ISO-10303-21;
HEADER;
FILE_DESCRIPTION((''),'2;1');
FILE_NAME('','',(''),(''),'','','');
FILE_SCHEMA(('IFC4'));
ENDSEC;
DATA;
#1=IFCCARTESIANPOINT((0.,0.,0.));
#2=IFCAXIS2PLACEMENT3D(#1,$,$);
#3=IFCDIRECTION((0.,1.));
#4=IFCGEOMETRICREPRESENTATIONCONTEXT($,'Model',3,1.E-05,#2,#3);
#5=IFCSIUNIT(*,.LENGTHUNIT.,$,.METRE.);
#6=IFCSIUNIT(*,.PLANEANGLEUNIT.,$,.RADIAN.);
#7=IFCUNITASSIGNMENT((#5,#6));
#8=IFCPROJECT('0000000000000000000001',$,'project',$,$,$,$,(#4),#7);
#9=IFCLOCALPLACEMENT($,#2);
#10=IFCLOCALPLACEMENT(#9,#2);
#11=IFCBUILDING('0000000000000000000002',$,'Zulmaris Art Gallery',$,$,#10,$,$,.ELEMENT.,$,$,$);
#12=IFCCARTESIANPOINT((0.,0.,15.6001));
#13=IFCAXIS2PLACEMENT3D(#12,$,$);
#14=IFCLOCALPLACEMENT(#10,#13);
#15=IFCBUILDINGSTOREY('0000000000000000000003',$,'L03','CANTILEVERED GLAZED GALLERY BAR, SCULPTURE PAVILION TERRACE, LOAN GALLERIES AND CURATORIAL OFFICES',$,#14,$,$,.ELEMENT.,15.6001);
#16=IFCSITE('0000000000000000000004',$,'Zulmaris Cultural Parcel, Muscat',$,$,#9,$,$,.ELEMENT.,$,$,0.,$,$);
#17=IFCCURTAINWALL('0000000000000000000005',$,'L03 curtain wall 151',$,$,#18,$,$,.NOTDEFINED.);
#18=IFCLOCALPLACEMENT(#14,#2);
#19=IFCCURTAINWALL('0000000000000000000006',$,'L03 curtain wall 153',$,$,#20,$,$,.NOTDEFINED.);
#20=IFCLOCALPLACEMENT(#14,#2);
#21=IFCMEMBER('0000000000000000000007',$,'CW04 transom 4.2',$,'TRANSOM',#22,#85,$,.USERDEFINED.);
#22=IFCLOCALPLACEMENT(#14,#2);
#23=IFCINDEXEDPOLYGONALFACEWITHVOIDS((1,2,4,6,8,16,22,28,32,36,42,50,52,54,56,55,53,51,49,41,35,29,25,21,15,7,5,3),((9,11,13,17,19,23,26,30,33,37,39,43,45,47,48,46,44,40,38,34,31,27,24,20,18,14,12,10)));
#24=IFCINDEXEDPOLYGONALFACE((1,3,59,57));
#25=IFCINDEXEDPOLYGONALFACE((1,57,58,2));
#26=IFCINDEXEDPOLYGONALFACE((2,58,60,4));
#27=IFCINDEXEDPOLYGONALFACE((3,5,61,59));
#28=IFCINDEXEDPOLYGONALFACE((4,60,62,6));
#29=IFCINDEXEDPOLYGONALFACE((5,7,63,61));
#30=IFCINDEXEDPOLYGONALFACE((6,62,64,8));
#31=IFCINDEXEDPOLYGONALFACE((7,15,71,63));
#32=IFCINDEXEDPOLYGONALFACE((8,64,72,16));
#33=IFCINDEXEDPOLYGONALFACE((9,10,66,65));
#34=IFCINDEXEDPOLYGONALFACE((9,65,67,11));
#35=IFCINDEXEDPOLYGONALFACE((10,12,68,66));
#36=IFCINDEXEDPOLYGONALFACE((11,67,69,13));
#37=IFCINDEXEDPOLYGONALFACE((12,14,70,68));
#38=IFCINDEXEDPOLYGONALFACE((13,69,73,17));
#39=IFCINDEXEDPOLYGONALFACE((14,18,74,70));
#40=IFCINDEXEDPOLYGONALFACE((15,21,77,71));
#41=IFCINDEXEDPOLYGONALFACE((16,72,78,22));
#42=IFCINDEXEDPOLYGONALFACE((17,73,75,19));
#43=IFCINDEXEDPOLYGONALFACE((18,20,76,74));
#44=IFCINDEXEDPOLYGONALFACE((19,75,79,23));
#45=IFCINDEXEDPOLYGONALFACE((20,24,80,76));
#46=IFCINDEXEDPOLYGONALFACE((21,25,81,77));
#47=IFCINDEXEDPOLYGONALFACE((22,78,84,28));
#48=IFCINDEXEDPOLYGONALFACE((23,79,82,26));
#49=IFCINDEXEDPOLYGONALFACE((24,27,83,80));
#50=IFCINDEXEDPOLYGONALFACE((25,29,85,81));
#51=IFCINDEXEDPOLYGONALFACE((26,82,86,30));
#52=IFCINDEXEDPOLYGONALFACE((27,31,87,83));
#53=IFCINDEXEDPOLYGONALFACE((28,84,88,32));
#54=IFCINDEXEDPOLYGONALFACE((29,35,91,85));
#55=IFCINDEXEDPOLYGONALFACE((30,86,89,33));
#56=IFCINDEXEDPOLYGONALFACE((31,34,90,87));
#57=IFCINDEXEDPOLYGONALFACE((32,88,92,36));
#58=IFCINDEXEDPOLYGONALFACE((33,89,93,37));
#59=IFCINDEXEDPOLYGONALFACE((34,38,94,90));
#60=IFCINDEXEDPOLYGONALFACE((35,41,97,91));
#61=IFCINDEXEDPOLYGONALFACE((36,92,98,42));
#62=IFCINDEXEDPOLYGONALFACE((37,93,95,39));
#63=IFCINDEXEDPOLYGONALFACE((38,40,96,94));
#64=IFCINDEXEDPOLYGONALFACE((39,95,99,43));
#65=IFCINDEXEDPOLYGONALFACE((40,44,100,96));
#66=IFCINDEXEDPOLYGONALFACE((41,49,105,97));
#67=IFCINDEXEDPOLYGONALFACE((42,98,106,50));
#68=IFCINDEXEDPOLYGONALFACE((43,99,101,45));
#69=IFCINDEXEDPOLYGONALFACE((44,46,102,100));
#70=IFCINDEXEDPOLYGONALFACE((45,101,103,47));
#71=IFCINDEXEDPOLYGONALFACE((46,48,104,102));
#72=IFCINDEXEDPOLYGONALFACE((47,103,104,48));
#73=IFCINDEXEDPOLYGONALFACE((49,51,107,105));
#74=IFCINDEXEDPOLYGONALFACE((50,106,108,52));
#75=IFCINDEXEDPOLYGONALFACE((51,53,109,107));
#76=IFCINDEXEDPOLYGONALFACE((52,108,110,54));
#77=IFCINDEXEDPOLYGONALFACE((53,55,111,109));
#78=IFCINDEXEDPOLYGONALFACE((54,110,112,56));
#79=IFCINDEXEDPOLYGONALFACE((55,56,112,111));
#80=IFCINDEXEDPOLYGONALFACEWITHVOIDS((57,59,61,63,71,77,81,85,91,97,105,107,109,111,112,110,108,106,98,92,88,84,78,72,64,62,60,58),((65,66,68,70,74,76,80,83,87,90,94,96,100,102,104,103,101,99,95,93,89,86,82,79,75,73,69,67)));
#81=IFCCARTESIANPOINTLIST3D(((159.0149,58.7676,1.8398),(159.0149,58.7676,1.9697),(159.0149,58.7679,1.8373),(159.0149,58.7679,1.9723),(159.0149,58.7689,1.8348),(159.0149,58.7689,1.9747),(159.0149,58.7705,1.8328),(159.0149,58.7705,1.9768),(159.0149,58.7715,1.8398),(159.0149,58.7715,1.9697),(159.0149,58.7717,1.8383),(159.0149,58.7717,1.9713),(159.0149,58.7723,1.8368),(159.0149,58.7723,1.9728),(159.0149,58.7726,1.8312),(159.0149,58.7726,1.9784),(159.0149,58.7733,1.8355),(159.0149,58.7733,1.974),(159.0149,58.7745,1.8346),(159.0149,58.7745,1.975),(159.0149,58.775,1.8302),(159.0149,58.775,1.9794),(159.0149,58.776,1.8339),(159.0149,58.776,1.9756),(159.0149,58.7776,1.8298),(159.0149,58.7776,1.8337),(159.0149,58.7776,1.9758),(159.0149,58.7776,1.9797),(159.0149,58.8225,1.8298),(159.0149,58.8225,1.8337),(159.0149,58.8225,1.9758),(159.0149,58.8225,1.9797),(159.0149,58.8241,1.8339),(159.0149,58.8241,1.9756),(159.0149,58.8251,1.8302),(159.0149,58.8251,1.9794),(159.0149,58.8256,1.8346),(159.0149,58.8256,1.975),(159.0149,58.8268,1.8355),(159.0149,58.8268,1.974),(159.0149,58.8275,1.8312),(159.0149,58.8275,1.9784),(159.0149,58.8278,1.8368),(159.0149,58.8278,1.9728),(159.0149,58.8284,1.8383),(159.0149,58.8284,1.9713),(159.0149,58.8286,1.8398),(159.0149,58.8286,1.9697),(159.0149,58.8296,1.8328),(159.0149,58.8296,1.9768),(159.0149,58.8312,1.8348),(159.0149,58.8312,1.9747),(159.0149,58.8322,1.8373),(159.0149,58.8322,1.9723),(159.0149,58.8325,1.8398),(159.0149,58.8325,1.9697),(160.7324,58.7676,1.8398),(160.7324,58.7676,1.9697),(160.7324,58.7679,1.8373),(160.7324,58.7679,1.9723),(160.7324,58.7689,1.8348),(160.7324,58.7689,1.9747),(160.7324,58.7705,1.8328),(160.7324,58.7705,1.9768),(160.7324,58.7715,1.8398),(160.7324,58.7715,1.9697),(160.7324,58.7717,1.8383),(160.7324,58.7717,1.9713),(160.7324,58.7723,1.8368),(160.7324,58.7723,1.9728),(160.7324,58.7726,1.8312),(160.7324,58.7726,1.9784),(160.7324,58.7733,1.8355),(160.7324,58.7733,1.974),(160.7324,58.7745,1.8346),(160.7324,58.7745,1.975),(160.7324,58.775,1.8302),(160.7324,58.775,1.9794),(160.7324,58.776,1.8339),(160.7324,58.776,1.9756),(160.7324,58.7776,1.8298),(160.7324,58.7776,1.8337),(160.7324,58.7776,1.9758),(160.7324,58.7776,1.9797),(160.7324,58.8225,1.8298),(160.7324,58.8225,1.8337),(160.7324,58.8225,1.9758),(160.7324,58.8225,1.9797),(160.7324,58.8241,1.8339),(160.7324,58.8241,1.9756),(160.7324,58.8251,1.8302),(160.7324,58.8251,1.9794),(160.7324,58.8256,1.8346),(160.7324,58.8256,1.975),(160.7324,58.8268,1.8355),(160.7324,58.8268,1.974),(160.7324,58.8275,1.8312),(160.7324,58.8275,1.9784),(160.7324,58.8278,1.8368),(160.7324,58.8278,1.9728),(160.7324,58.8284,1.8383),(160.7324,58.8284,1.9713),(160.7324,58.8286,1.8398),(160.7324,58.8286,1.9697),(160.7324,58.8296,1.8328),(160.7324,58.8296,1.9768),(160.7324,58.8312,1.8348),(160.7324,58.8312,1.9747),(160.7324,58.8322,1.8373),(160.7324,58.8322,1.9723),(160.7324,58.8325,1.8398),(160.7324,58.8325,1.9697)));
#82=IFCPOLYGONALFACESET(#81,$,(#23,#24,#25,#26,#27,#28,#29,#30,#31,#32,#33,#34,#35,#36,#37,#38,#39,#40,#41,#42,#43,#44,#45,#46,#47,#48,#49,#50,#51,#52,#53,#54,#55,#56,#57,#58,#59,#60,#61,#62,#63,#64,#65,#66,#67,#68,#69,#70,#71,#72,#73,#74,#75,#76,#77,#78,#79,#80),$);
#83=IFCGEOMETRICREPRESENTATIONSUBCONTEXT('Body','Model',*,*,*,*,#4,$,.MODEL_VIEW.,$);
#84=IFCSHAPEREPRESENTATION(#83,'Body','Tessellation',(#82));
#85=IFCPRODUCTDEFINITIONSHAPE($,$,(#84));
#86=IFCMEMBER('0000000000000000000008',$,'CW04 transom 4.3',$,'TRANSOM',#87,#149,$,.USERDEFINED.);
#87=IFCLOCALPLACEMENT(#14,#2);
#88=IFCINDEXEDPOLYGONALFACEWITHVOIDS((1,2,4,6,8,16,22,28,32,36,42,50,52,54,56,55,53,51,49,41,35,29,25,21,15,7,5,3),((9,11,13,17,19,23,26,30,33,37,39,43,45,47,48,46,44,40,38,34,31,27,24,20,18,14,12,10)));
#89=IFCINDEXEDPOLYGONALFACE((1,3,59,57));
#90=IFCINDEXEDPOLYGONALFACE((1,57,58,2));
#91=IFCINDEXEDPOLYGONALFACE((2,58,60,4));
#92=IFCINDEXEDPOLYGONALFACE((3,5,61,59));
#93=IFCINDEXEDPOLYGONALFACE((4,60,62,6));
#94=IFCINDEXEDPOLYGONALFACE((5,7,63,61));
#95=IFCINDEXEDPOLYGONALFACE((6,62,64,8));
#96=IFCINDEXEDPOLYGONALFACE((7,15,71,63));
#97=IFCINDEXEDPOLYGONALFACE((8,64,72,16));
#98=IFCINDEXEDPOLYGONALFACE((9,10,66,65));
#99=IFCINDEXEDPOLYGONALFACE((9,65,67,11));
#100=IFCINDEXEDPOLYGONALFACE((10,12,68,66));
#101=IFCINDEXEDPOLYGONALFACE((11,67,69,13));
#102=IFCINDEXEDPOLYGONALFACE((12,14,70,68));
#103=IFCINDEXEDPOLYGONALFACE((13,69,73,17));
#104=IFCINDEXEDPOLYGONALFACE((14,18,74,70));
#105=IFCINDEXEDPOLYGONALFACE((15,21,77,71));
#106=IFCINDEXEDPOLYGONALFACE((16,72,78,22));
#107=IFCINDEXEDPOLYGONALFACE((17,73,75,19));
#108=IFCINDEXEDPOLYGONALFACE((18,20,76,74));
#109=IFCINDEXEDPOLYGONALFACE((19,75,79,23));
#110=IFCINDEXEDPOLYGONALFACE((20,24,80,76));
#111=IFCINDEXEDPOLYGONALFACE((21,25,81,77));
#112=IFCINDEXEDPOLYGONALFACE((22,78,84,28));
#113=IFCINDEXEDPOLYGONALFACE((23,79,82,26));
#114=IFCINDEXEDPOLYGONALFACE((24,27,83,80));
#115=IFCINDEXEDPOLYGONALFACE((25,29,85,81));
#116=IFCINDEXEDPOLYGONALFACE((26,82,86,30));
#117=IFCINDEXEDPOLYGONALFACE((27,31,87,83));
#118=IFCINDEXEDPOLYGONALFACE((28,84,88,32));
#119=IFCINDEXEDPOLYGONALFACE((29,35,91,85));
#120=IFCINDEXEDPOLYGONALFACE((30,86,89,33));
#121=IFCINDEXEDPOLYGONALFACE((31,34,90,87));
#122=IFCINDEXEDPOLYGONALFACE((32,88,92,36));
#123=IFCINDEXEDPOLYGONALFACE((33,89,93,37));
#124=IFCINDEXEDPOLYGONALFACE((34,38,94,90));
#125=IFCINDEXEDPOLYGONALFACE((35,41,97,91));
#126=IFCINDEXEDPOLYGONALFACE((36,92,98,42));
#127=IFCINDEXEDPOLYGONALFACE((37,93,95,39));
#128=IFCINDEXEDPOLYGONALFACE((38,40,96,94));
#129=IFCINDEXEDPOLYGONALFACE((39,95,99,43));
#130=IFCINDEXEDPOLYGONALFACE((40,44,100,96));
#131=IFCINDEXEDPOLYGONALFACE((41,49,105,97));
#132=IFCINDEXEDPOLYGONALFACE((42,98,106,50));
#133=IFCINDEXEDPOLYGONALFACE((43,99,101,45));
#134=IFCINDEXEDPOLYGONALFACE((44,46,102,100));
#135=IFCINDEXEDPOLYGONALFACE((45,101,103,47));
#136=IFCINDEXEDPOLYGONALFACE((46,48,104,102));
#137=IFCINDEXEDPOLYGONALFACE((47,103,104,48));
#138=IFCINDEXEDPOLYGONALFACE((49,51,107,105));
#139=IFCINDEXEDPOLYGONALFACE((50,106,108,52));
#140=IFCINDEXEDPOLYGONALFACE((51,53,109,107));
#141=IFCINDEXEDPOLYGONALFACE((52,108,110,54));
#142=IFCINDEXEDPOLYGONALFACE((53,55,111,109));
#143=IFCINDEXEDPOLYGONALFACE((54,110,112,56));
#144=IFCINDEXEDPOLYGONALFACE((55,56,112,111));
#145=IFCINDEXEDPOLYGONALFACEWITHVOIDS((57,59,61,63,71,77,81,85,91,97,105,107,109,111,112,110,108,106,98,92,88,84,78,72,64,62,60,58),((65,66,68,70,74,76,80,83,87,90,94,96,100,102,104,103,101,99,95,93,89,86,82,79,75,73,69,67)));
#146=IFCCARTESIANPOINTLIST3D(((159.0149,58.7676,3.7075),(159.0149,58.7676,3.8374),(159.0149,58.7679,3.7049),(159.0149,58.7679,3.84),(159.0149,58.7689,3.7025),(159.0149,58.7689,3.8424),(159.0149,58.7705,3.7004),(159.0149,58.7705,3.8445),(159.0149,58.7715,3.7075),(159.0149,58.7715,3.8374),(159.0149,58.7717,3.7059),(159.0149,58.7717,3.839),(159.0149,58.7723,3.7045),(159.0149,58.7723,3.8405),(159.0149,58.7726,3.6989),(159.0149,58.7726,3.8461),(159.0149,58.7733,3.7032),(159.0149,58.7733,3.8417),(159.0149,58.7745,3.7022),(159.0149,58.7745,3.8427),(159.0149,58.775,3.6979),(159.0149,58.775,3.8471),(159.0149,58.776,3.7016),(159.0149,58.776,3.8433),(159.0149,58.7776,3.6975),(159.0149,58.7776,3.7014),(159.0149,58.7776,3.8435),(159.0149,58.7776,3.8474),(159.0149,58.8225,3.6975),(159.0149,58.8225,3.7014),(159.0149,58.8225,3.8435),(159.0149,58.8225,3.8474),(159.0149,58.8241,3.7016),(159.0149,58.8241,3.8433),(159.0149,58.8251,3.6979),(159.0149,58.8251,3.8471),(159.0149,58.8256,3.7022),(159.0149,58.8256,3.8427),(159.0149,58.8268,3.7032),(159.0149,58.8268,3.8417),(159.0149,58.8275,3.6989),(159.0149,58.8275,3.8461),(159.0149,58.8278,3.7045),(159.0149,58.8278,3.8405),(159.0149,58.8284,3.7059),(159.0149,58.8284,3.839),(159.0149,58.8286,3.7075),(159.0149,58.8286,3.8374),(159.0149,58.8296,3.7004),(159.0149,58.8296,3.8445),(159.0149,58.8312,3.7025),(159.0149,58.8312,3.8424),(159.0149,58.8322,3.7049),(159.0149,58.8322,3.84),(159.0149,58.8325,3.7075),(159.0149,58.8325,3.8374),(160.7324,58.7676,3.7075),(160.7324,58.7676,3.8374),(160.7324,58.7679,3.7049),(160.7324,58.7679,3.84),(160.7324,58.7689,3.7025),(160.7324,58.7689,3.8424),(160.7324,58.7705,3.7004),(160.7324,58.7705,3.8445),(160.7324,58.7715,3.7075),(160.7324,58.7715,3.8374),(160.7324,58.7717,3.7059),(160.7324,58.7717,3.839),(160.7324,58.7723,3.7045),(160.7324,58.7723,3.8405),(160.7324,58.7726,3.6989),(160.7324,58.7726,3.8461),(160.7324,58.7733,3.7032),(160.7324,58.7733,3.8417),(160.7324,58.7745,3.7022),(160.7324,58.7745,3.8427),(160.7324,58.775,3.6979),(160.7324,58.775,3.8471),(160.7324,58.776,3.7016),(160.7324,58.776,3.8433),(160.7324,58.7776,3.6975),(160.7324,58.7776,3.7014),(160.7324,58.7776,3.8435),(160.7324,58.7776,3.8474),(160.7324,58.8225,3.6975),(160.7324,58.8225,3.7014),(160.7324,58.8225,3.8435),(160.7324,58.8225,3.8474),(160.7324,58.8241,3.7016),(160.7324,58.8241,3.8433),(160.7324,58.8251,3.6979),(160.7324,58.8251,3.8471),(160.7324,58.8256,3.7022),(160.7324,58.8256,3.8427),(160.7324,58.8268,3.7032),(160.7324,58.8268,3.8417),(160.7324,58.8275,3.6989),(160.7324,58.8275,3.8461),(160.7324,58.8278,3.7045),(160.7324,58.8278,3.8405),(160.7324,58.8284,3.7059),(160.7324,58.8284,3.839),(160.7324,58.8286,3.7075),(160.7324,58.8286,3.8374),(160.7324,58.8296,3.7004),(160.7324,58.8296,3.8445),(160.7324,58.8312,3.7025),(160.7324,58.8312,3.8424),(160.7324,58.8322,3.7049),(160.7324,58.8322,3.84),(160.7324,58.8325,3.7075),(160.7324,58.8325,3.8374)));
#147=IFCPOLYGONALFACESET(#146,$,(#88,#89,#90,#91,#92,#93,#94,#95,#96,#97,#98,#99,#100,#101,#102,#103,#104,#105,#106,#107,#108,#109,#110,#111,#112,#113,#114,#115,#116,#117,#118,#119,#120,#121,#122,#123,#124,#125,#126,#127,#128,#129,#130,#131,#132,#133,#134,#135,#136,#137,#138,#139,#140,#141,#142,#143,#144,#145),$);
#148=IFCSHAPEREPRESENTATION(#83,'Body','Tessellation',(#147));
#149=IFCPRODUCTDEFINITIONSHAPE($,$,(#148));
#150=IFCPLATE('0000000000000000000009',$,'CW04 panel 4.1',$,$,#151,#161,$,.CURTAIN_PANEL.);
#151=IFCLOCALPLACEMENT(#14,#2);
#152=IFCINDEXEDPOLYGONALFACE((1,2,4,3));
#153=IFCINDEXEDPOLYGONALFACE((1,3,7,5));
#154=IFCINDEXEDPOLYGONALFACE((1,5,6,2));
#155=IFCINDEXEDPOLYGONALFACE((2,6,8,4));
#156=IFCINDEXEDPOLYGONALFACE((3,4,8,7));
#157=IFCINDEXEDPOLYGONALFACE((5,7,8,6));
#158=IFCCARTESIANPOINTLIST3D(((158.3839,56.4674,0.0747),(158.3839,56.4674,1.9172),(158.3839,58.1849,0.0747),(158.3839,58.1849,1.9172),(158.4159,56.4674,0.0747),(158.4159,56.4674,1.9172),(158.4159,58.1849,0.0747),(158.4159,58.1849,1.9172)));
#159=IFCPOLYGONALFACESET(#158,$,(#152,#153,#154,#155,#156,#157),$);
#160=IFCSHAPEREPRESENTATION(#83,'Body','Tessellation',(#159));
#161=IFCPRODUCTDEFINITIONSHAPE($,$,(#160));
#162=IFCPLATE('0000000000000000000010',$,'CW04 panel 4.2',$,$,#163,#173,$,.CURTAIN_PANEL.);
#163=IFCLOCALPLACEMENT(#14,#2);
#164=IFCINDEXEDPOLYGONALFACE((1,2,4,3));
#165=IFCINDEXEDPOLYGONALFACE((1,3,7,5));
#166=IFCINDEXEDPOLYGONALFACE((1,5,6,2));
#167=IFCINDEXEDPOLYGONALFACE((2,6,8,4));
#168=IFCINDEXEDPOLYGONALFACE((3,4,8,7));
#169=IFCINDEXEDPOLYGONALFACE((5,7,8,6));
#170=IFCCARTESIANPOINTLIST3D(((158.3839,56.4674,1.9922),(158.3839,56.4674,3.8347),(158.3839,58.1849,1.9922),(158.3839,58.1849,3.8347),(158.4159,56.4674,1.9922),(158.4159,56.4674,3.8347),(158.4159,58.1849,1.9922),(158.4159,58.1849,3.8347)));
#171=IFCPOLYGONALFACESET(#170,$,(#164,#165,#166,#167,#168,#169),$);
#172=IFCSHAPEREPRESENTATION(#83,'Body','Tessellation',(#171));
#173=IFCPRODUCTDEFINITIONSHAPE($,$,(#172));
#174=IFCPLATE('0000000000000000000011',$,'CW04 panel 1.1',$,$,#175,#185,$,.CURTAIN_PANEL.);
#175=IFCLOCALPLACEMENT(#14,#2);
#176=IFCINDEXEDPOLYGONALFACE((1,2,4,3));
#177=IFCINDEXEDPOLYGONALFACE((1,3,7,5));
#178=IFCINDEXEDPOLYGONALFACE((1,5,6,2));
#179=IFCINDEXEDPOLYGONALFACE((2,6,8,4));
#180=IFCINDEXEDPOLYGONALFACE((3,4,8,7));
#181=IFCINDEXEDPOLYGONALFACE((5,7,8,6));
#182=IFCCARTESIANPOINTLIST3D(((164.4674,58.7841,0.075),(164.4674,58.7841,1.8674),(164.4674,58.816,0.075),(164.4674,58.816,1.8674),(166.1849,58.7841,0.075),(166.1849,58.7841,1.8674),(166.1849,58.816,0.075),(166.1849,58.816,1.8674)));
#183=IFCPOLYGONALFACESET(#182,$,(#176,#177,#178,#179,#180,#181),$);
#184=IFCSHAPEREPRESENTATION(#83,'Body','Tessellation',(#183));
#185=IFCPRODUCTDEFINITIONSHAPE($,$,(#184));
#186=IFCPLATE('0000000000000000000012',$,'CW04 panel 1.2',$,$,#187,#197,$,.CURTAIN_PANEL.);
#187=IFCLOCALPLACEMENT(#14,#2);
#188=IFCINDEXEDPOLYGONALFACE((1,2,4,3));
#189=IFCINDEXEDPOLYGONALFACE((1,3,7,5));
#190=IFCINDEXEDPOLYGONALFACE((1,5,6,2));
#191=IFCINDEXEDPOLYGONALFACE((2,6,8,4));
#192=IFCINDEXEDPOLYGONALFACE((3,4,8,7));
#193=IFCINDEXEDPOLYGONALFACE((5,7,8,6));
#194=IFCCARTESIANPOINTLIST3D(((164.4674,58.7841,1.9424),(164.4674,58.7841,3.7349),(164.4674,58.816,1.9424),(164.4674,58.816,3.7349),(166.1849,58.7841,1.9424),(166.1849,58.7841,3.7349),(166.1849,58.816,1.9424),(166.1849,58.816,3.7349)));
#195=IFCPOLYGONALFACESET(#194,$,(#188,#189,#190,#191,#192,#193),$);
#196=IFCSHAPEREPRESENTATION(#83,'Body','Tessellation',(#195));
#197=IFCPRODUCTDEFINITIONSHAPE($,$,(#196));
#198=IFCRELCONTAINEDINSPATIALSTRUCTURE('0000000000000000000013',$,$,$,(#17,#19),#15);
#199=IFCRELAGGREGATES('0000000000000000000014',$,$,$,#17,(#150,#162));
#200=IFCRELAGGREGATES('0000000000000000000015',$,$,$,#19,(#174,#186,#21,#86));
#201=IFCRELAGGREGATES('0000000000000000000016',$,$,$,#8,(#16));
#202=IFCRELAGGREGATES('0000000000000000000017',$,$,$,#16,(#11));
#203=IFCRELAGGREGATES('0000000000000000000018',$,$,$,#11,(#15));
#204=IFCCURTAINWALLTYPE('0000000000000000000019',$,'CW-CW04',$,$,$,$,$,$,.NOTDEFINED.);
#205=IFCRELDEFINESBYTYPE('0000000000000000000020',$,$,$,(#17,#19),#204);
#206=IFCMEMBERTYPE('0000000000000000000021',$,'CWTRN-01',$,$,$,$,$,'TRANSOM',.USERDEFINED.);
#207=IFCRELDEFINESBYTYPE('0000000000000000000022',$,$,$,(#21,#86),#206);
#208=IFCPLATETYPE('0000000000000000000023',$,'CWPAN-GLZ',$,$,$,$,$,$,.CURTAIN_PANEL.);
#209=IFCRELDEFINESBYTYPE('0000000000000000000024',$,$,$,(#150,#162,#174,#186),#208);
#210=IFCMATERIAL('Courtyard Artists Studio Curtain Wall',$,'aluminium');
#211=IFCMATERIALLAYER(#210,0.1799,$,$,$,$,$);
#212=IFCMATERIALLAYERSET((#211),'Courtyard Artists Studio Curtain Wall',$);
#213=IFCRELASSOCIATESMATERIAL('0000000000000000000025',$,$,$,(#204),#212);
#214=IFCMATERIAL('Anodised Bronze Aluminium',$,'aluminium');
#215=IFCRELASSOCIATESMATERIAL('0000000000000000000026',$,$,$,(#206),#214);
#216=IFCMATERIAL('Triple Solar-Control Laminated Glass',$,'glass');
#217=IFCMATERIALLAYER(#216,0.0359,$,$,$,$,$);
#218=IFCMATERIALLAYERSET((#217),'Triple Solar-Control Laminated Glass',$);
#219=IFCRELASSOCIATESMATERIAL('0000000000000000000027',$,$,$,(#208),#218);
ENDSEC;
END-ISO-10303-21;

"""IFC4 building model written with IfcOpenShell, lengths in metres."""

from ifc_helpers import new_model, si_unit, direction, frame, origin, origin_2d, place, context, subcontext, project, spatial, rectangle, hollow_rectangle, extrude, material, layer, layer_set, material_profile, profile_set, type_object, element, aggregate, save


model = new_model("IFC4")

# Units and contexts
model_context = context("Model", 3, precision=1e-05, world=origin(), true_north=direction((0.0, 1.0)))
body_context = subcontext(model_context, "Body", "Model", "MODEL_VIEW")
ifc_project = project(units=[si_unit("LENGTHUNIT", "METRE"), si_unit("PLANEANGLEUNIT", "RADIAN")], contexts=[model_context])

# Site, building, storey
site_placement = place(None, origin())
site = spatial("IfcSite", under=ifc_project, at=site_placement, Name="Zulmaris Cultural Parcel, Muscat", CompositionType="ELEMENT", RefElevation=0.0)
building_placement = place(site_placement, origin())
building = spatial("IfcBuilding", under=site, at=building_placement, Name="Zulmaris Art Gallery", CompositionType="ELEMENT")
storey_placement = place(building_placement, frame((0.0, 0.0, 15.6001)))
storey = spatial("IfcBuildingStorey", under=building, at=storey_placement, Name="L03", Description="CANTILEVERED GLAZED GALLERY BAR, SCULPTURE PAVILION TERRACE, LOAN GALLERIES AND CURATORIAL OFFICES", CompositionType="ELEMENT", Elevation=15.6001)

# Curtain walls
ifc_material_1 = material(Name="Courtyard Artists Studio Curtain Wall", Category="aluminium")
ifc_layer_1 = layer(ifc_material_1, 0.1799)
ifc_layer_set_1 = layer_set([ifc_layer_1], Name="Courtyard Artists Studio Curtain Wall")
curtain_wall_type = type_object("IfcCurtainWallType", Name="CW-CW04", PredefinedType="NOTDEFINED", material=ifc_layer_set_1)
curtain_wall_1_placement = place(storey_placement, origin())
curtain_wall_1 = element("IfcCurtainWall", 1, at=curtain_wall_1_placement, inside=storey, type_object=curtain_wall_type, Name="L03 curtain wall 151", PredefinedType="NOTDEFINED")
ifc_material_2 = material(Name="Anodised Bronze Aluminium", Category="aluminium")
curtain_wall_2_placement = place(storey_placement, origin())
curtain_wall_2 = element("IfcCurtainWall", 2, at=curtain_wall_2_placement, inside=storey, type_object=curtain_wall_type, Name="L03 curtain wall 153", PredefinedType="NOTDEFINED")

# Members
ifc_material_profile_1 = material_profile(ifc_material_2, hollow_rectangle(XDim=0.0649, YDim=0.1499, WallThickness=0.0039, InnerFilletRadius=0.0061, OuterFilletRadius=0.01, at=origin_2d()), Name="ALU 65x150x4")
ifc_profile_set_1 = profile_set([ifc_material_profile_1], Name="Anodised Bronze Aluminium")
member_type_1 = type_object("IfcMemberType", Name="CWTRN-01", ElementType="TRANSOM", PredefinedType="USERDEFINED", material=ifc_profile_set_1)
member_1_placement = place(storey_placement, frame((160.7324, 58.8, 1.9048), z_axis=(-1.0, 0.0, 0.0), x_axis=(0.0, -1.0, 0.0)))
member_1 = element("IfcMember", 3, at=member_1_placement, type_object=member_type_1, Name="CW04 transom 4.2", ObjectType="TRANSOM", PredefinedType="USERDEFINED", context=body_context, shape_type="SweptSolid", body=[
    extrude(hollow_rectangle(XDim=0.0649, YDim=0.1499, WallThickness=0.0039, InnerFilletRadius=0.0061, OuterFilletRadius=0.01, at=origin_2d()), origin(), (0.0, 0.0, 1.0), 1.7175),
])
member_2_placement = place(storey_placement, frame((160.7324, 58.8, 3.7725), z_axis=(-1.0, 0.0, 0.0), x_axis=(0.0, -1.0, 0.0)))
member_2 = element("IfcMember", 4, at=member_2_placement, type_object=member_type_1, Name="CW04 transom 4.3", ObjectType="TRANSOM", PredefinedType="USERDEFINED", context=body_context, shape_type="SweptSolid", body=[
    extrude(hollow_rectangle(XDim=0.0649, YDim=0.1499, WallThickness=0.0039, InnerFilletRadius=0.0061, OuterFilletRadius=0.01, at=origin_2d()), origin(), (0.0, 0.0, 1.0), 1.7175),
])

# Plates
ifc_material_3 = material(Name="Triple Solar-Control Laminated Glass", Category="glass")
ifc_layer_2 = layer(ifc_material_3, 0.0359)
ifc_layer_set_2 = layer_set([ifc_layer_2], Name="Triple Solar-Control Laminated Glass")
plate_type = type_object("IfcPlateType", Name="CWPAN-GLZ", PredefinedType="CURTAIN_PANEL", material=ifc_layer_set_2)
plate_1_placement = place(storey_placement, frame((158.3999, 57.3262, 0.0747), z_axis=(0.0, 0.0, 1.0), x_axis=(0.0, 1.0, 0.0)))
plate_1 = element("IfcPlate", 5, at=plate_1_placement, type_object=plate_type, Name="CW04 panel 4.1", PredefinedType="CURTAIN_PANEL", context=body_context, shape_type="SweptSolid", body=[
    extrude(rectangle(XDim=1.7175, YDim=0.032, at=origin_2d()), origin(), (0.0, 0.0, 1.0), 1.8425),
])
plate_2_placement = place(storey_placement, frame((158.3999, 57.3262, 1.9922), z_axis=(0.0, 0.0, 1.0), x_axis=(0.0, 1.0, 0.0)))
plate_2 = element("IfcPlate", 6, at=plate_2_placement, type_object=plate_type, Name="CW04 panel 4.2", PredefinedType="CURTAIN_PANEL", context=body_context, shape_type="SweptSolid", body=[
    extrude(rectangle(XDim=1.7175, YDim=0.032, at=origin_2d()), origin(), (0.0, 0.0, 1.0), 1.8425),
])
aggregate(curtain_wall_1, [plate_1, plate_2])
plate_3_placement = place(storey_placement, frame((165.3262, 58.8, 0.075), z_axis=(0.0, 0.0, 1.0), x_axis=(-1.0, 0.0, 0.0)))
plate_3 = element("IfcPlate", 7, at=plate_3_placement, type_object=plate_type, Name="CW04 panel 1.1", PredefinedType="CURTAIN_PANEL", context=body_context, shape_type="SweptSolid", body=[
    extrude(rectangle(XDim=1.7175, YDim=0.032, at=origin_2d()), origin(), (0.0, 0.0, 1.0), 1.7925),
])
plate_4_placement = place(storey_placement, frame((165.3262, 58.8, 1.9424), z_axis=(0.0, 0.0, 1.0), x_axis=(-1.0, 0.0, 0.0)))
plate_4 = element("IfcPlate", 8, at=plate_4_placement, type_object=plate_type, Name="CW04 panel 1.2", PredefinedType="CURTAIN_PANEL", context=body_context, shape_type="SweptSolid", body=[
    extrude(rectangle(XDim=1.7175, YDim=0.032, at=origin_2d()), origin(), (0.0, 0.0, 1.0), 1.7925),
])
aggregate(curtain_wall_2, [plate_3, plate_4, member_1, member_2])

save(model, "model.ifc")
